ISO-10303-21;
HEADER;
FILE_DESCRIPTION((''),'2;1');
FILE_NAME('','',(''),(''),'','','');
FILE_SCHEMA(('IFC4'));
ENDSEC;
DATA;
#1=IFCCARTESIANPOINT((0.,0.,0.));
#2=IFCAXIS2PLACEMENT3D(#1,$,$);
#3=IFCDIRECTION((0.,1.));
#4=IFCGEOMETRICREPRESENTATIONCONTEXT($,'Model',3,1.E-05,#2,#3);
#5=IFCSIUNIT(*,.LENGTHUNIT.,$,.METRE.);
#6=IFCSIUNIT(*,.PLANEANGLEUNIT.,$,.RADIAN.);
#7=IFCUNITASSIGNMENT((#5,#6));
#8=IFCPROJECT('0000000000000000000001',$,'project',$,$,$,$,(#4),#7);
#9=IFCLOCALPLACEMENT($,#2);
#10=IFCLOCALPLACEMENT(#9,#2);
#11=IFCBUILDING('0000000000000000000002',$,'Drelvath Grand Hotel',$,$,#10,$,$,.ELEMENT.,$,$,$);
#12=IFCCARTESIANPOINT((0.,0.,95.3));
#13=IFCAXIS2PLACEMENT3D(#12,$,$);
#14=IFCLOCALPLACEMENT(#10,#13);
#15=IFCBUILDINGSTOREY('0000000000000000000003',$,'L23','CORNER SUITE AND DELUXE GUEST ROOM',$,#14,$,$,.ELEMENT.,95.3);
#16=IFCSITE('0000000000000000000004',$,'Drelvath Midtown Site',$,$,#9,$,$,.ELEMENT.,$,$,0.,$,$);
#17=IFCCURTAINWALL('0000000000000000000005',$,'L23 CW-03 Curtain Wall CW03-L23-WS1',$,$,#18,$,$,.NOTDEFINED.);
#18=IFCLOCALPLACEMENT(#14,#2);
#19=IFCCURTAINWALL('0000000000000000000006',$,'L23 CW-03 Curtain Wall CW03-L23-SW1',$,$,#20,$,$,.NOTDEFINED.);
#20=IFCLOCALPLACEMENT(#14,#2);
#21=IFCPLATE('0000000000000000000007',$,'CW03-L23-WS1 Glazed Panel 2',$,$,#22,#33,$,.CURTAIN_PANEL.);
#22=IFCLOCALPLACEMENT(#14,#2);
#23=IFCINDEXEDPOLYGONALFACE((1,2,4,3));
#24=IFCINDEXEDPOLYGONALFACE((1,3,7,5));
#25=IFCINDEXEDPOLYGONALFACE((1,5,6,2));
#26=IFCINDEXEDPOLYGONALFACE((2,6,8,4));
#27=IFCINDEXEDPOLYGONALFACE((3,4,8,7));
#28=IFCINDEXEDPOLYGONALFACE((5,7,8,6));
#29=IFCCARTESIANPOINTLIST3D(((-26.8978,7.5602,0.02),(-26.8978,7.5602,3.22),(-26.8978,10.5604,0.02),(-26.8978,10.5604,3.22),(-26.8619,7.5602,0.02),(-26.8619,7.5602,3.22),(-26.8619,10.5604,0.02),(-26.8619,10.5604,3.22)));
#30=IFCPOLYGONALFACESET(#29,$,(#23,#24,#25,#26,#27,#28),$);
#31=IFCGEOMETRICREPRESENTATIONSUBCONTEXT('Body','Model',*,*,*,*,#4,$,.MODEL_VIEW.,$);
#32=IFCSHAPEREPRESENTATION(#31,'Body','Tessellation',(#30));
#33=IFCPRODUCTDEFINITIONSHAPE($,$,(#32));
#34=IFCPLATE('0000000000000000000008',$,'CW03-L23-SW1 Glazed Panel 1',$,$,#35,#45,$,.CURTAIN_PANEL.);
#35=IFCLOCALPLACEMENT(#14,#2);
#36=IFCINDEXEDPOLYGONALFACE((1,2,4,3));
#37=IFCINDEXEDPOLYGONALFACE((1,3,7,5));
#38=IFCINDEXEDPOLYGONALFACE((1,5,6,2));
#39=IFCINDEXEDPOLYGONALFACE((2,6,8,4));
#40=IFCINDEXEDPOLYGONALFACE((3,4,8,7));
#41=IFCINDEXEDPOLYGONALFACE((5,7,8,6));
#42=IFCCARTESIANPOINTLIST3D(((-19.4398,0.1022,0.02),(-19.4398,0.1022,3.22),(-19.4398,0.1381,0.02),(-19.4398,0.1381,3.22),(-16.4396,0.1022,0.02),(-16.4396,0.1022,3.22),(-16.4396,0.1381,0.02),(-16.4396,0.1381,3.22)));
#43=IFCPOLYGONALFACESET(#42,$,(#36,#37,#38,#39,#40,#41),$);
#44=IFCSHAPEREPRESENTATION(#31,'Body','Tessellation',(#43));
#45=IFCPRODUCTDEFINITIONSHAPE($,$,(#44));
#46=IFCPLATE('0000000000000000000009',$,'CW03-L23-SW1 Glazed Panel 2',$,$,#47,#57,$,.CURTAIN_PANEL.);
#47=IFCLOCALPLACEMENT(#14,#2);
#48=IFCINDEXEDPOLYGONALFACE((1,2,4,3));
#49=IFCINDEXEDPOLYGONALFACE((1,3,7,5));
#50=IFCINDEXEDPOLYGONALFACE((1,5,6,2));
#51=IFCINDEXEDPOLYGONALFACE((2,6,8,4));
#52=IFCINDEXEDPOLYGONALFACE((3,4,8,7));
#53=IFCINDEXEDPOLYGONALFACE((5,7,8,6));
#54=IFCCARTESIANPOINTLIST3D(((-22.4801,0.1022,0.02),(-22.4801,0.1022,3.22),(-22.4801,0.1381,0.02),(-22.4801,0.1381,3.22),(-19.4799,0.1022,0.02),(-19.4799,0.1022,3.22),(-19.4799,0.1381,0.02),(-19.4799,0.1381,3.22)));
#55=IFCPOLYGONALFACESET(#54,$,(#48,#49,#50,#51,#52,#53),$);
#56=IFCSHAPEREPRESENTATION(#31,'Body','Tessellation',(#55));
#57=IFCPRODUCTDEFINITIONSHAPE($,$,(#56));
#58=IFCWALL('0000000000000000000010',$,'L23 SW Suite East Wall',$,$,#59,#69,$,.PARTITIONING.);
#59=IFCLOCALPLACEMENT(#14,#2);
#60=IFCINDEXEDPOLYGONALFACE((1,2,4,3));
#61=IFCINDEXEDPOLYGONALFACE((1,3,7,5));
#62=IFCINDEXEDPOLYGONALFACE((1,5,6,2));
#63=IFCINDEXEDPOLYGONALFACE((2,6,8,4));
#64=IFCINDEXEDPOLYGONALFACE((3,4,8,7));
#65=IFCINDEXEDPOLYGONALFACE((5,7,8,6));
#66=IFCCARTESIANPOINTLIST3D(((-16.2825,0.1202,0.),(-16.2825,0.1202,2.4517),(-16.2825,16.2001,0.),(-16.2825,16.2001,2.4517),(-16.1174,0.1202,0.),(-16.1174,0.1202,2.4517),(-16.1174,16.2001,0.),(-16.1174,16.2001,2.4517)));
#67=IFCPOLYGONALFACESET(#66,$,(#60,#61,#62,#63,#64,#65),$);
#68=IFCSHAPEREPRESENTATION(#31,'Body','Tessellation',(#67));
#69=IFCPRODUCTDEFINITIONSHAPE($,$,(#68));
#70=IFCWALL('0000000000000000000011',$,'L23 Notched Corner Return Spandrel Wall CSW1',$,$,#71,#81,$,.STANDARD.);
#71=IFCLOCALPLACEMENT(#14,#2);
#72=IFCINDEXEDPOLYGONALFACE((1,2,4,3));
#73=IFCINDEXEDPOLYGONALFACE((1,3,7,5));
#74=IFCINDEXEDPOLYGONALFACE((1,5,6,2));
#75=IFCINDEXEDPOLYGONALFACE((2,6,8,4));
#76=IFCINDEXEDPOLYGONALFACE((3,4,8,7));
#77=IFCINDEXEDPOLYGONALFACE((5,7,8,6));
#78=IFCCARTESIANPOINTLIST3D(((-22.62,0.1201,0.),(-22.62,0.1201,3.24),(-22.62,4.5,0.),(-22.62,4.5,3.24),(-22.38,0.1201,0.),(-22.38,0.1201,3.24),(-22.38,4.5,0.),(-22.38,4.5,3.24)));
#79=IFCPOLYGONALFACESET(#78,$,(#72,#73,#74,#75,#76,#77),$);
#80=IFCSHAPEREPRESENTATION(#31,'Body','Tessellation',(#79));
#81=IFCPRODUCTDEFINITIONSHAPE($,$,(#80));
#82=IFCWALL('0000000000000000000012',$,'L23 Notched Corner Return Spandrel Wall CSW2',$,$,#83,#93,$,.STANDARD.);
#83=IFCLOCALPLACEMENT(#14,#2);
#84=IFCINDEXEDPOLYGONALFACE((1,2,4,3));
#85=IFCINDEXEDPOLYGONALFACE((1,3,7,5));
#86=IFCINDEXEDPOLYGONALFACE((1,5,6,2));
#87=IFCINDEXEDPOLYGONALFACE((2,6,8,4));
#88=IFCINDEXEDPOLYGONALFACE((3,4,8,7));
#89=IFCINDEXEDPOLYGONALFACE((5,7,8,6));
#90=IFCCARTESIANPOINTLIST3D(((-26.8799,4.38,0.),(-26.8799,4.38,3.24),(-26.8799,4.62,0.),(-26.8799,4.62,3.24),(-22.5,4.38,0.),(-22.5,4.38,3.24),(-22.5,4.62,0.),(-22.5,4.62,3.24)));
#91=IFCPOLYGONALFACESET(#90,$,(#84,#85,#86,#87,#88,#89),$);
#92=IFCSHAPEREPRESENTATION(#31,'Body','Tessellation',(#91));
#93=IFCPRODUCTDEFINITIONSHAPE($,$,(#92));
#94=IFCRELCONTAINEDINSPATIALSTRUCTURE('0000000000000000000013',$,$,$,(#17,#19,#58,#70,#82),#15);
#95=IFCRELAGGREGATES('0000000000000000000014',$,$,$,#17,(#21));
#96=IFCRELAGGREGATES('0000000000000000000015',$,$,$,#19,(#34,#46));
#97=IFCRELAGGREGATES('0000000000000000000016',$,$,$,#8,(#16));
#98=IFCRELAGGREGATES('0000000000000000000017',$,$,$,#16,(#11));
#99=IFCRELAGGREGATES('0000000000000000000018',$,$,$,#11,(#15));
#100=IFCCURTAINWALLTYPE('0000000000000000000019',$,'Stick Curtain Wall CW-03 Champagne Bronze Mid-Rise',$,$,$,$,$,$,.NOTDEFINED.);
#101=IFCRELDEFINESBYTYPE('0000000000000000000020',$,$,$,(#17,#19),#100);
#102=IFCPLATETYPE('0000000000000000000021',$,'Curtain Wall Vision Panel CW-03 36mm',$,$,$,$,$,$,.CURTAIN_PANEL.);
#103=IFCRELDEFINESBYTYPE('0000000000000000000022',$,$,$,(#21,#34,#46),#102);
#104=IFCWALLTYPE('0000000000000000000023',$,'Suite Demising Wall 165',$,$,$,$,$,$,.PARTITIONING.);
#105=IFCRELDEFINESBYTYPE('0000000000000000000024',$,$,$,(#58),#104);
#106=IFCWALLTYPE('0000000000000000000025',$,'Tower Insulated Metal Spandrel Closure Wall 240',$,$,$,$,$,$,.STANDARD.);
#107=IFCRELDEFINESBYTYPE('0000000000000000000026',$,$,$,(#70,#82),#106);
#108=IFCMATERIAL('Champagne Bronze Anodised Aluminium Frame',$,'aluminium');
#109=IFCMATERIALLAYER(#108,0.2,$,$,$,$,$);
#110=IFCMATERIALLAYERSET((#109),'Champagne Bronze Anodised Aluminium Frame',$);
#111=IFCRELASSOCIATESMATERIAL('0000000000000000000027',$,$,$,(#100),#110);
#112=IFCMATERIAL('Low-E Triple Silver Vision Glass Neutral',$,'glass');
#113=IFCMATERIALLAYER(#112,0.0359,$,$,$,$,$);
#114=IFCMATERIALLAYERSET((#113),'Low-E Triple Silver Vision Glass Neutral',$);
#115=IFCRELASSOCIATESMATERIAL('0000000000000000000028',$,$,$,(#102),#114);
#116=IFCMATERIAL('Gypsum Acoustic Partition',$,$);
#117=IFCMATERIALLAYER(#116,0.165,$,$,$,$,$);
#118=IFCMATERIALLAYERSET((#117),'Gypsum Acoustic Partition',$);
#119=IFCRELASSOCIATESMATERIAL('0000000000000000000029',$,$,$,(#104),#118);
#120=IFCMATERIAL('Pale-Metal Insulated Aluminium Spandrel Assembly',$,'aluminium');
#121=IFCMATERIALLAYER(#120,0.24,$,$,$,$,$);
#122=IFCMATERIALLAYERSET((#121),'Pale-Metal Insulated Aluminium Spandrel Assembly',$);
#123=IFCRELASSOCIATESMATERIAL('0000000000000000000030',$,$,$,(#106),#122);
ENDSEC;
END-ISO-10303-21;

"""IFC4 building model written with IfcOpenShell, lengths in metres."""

from ifc_helpers import new_model, si_unit, direction, frame, frame_2d, origin, origin_2d, place, context, subcontext, project, spatial, rectangle, extrude, material, layer, layer_set, type_object, element, aggregate, save


model = new_model("IFC4")

# Units and contexts
model_context = context("Model", 3, precision=1e-05, world=origin(), true_north=direction((0.0, 1.0)))
body_context = subcontext(model_context, "Body", "Model", "MODEL_VIEW")
ifc_project = project(units=[si_unit("LENGTHUNIT", "METRE"), si_unit("PLANEANGLEUNIT", "RADIAN")], contexts=[model_context])

# Site, building, storey
site_placement = place(None, origin())
site = spatial("IfcSite", under=ifc_project, at=site_placement, Name="Drelvath Midtown Site", CompositionType="ELEMENT", RefElevation=0.0)
building_placement = place(site_placement, origin())
building = spatial("IfcBuilding", under=site, at=building_placement, Name="Drelvath Grand Hotel", CompositionType="ELEMENT")
storey_placement = place(building_placement, frame((0.0, 0.0, 95.3)))
storey = spatial("IfcBuildingStorey", under=building, at=storey_placement, Name="L23", Description="CORNER SUITE AND DELUXE GUEST ROOM", CompositionType="ELEMENT", Elevation=95.3)

# Curtain walls
ifc_material_1 = material(Name="Champagne Bronze Anodised Aluminium Frame", Category="aluminium")
ifc_layer_1 = layer(ifc_material_1, 0.2)
ifc_layer_set_1 = layer_set([ifc_layer_1], Name="Champagne Bronze Anodised Aluminium Frame")
curtain_wall_type = type_object("IfcCurtainWallType", Name="Stick Curtain Wall CW-03 Champagne Bronze Mid-Rise", PredefinedType="NOTDEFINED", material=ifc_layer_set_1)
curtain_wall_1_placement = place(storey_placement, origin())
curtain_wall_1 = element("IfcCurtainWall", 1, at=curtain_wall_1_placement, inside=storey, type_object=curtain_wall_type, Name="L23 CW-03 Curtain Wall CW03-L23-WS1", PredefinedType="NOTDEFINED")
curtain_wall_2_placement = place(storey_placement, origin())
curtain_wall_2 = element("IfcCurtainWall", 2, at=curtain_wall_2_placement, inside=storey, type_object=curtain_wall_type, Name="L23 CW-03 Curtain Wall CW03-L23-SW1", PredefinedType="NOTDEFINED")

# Plates
ifc_material_2 = material(Name="Low-E Triple Silver Vision Glass Neutral", Category="glass")
ifc_layer_2 = layer(ifc_material_2, 0.0359)
ifc_layer_set_2 = layer_set([ifc_layer_2], Name="Low-E Triple Silver Vision Glass Neutral")
plate_type = type_object("IfcPlateType", Name="Curtain Wall Vision Panel CW-03 36mm", PredefinedType="CURTAIN_PANEL", material=ifc_layer_set_2)
plate_1_placement = place(storey_placement, frame((-26.8799, 9.0603, 0.02), z_axis=(0.0, 0.0, 1.0), x_axis=(0.0, 1.0, 0.0)))
plate_1 = element("IfcPlate", 3, at=plate_1_placement, type_object=plate_type, Name="CW03-L23-WS1 Glazed Panel 2", PredefinedType="CURTAIN_PANEL", context=body_context, shape_type="SweptSolid", body=[
    extrude(rectangle(XDim=3.0002, YDim=0.0359, at=origin_2d()), origin(), (0.0, 0.0, 1.0), 3.2),
])
aggregate(curtain_wall_1, [plate_1])
plate_2_placement = place(storey_placement, frame((-17.9397, 0.1201, 0.02), z_axis=(0.0, 0.0, 1.0), x_axis=(-1.0, 0.0, 0.0)))
plate_2 = element("IfcPlate", 4, at=plate_2_placement, type_object=plate_type, Name="CW03-L23-SW1 Glazed Panel 1", PredefinedType="CURTAIN_PANEL", context=body_context, shape_type="SweptSolid", body=[
    extrude(rectangle(XDim=3.0002, YDim=0.0359, at=origin_2d()), origin(), (0.0, 0.0, 1.0), 3.2),
])
plate_3_placement = place(storey_placement, frame((-20.98, 0.1201, 0.02), z_axis=(0.0, 0.0, 1.0), x_axis=(-1.0, 0.0, 0.0)))
plate_3 = element("IfcPlate", 5, at=plate_3_placement, type_object=plate_type, Name="CW03-L23-SW1 Glazed Panel 2", PredefinedType="CURTAIN_PANEL", context=body_context, shape_type="SweptSolid", body=[
    extrude(rectangle(XDim=3.0002, YDim=0.0359, at=origin_2d()), origin(), (0.0, 0.0, 1.0), 3.2),
])
aggregate(curtain_wall_2, [plate_2, plate_3])

# Walls
ifc_material_3 = material(Name="Gypsum Acoustic Partition")
ifc_layer_3 = layer(ifc_material_3, 0.165)
ifc_layer_set_3 = layer_set([ifc_layer_3], Name="Gypsum Acoustic Partition")
wall_type_1 = type_object("IfcWallType", Name="Suite Demising Wall 165", PredefinedType="PARTITIONING", material=ifc_layer_set_3)
wall_placement = place(storey_placement, frame((-16.2, 0.1201, 0.0), z_axis=(0.0, 0.0, 1.0), x_axis=(0.0, 1.0, 0.0)))
element("IfcWall", 6, at=wall_placement, inside=storey, type_object=wall_type_1, Name="L23 SW Suite East Wall", PredefinedType="PARTITIONING", context=body_context, shape_type="SweptSolid", body=[
    extrude(rectangle(XDim=16.0798, YDim=0.165, at=frame_2d((8.04, 0.0))), origin(), (0.0, 0.0, 1.0), 2.4517),
])
ifc_material_4 = material(Name="Pale-Metal Insulated Aluminium Spandrel Assembly", Category="aluminium")
ifc_layer_4 = layer(ifc_material_4, 0.24)
ifc_layer_set_4 = layer_set([ifc_layer_4], Name="Pale-Metal Insulated Aluminium Spandrel Assembly")
wall_type_2 = type_object("IfcWallType", Name="Tower Insulated Metal Spandrel Closure Wall 240", PredefinedType="STANDARD", material=ifc_layer_set_4)
for number, where, z_axis, x_axis, name in (
    (7, (-22.5, 0.1201, 0.0), (0.0, 0.0, 1.0), (0.0, 1.0, 0.0), "L23 Notched Corner Return Spandrel Wall CSW1"),
    (8, (-22.5, 4.5, 0.0), (0.0, 0.0, 1.0), (-1.0, 0.0, 0.0), "L23 Notched Corner Return Spandrel Wall CSW2"),
):
    element("IfcWall", number, at=place(storey_placement, frame(where, z_axis=z_axis, x_axis=x_axis)), inside=storey, type_object=wall_type_2, Name=name, PredefinedType="STANDARD", context=body_context, shape_type="SweptSolid", body=[
        extrude(rectangle(XDim=4.3799, YDim=0.24, at=frame_2d((2.1899, 0.0))), origin(), (0.0, 0.0, 1.0), 3.24),
    ])

save(model, "model.ifc")
